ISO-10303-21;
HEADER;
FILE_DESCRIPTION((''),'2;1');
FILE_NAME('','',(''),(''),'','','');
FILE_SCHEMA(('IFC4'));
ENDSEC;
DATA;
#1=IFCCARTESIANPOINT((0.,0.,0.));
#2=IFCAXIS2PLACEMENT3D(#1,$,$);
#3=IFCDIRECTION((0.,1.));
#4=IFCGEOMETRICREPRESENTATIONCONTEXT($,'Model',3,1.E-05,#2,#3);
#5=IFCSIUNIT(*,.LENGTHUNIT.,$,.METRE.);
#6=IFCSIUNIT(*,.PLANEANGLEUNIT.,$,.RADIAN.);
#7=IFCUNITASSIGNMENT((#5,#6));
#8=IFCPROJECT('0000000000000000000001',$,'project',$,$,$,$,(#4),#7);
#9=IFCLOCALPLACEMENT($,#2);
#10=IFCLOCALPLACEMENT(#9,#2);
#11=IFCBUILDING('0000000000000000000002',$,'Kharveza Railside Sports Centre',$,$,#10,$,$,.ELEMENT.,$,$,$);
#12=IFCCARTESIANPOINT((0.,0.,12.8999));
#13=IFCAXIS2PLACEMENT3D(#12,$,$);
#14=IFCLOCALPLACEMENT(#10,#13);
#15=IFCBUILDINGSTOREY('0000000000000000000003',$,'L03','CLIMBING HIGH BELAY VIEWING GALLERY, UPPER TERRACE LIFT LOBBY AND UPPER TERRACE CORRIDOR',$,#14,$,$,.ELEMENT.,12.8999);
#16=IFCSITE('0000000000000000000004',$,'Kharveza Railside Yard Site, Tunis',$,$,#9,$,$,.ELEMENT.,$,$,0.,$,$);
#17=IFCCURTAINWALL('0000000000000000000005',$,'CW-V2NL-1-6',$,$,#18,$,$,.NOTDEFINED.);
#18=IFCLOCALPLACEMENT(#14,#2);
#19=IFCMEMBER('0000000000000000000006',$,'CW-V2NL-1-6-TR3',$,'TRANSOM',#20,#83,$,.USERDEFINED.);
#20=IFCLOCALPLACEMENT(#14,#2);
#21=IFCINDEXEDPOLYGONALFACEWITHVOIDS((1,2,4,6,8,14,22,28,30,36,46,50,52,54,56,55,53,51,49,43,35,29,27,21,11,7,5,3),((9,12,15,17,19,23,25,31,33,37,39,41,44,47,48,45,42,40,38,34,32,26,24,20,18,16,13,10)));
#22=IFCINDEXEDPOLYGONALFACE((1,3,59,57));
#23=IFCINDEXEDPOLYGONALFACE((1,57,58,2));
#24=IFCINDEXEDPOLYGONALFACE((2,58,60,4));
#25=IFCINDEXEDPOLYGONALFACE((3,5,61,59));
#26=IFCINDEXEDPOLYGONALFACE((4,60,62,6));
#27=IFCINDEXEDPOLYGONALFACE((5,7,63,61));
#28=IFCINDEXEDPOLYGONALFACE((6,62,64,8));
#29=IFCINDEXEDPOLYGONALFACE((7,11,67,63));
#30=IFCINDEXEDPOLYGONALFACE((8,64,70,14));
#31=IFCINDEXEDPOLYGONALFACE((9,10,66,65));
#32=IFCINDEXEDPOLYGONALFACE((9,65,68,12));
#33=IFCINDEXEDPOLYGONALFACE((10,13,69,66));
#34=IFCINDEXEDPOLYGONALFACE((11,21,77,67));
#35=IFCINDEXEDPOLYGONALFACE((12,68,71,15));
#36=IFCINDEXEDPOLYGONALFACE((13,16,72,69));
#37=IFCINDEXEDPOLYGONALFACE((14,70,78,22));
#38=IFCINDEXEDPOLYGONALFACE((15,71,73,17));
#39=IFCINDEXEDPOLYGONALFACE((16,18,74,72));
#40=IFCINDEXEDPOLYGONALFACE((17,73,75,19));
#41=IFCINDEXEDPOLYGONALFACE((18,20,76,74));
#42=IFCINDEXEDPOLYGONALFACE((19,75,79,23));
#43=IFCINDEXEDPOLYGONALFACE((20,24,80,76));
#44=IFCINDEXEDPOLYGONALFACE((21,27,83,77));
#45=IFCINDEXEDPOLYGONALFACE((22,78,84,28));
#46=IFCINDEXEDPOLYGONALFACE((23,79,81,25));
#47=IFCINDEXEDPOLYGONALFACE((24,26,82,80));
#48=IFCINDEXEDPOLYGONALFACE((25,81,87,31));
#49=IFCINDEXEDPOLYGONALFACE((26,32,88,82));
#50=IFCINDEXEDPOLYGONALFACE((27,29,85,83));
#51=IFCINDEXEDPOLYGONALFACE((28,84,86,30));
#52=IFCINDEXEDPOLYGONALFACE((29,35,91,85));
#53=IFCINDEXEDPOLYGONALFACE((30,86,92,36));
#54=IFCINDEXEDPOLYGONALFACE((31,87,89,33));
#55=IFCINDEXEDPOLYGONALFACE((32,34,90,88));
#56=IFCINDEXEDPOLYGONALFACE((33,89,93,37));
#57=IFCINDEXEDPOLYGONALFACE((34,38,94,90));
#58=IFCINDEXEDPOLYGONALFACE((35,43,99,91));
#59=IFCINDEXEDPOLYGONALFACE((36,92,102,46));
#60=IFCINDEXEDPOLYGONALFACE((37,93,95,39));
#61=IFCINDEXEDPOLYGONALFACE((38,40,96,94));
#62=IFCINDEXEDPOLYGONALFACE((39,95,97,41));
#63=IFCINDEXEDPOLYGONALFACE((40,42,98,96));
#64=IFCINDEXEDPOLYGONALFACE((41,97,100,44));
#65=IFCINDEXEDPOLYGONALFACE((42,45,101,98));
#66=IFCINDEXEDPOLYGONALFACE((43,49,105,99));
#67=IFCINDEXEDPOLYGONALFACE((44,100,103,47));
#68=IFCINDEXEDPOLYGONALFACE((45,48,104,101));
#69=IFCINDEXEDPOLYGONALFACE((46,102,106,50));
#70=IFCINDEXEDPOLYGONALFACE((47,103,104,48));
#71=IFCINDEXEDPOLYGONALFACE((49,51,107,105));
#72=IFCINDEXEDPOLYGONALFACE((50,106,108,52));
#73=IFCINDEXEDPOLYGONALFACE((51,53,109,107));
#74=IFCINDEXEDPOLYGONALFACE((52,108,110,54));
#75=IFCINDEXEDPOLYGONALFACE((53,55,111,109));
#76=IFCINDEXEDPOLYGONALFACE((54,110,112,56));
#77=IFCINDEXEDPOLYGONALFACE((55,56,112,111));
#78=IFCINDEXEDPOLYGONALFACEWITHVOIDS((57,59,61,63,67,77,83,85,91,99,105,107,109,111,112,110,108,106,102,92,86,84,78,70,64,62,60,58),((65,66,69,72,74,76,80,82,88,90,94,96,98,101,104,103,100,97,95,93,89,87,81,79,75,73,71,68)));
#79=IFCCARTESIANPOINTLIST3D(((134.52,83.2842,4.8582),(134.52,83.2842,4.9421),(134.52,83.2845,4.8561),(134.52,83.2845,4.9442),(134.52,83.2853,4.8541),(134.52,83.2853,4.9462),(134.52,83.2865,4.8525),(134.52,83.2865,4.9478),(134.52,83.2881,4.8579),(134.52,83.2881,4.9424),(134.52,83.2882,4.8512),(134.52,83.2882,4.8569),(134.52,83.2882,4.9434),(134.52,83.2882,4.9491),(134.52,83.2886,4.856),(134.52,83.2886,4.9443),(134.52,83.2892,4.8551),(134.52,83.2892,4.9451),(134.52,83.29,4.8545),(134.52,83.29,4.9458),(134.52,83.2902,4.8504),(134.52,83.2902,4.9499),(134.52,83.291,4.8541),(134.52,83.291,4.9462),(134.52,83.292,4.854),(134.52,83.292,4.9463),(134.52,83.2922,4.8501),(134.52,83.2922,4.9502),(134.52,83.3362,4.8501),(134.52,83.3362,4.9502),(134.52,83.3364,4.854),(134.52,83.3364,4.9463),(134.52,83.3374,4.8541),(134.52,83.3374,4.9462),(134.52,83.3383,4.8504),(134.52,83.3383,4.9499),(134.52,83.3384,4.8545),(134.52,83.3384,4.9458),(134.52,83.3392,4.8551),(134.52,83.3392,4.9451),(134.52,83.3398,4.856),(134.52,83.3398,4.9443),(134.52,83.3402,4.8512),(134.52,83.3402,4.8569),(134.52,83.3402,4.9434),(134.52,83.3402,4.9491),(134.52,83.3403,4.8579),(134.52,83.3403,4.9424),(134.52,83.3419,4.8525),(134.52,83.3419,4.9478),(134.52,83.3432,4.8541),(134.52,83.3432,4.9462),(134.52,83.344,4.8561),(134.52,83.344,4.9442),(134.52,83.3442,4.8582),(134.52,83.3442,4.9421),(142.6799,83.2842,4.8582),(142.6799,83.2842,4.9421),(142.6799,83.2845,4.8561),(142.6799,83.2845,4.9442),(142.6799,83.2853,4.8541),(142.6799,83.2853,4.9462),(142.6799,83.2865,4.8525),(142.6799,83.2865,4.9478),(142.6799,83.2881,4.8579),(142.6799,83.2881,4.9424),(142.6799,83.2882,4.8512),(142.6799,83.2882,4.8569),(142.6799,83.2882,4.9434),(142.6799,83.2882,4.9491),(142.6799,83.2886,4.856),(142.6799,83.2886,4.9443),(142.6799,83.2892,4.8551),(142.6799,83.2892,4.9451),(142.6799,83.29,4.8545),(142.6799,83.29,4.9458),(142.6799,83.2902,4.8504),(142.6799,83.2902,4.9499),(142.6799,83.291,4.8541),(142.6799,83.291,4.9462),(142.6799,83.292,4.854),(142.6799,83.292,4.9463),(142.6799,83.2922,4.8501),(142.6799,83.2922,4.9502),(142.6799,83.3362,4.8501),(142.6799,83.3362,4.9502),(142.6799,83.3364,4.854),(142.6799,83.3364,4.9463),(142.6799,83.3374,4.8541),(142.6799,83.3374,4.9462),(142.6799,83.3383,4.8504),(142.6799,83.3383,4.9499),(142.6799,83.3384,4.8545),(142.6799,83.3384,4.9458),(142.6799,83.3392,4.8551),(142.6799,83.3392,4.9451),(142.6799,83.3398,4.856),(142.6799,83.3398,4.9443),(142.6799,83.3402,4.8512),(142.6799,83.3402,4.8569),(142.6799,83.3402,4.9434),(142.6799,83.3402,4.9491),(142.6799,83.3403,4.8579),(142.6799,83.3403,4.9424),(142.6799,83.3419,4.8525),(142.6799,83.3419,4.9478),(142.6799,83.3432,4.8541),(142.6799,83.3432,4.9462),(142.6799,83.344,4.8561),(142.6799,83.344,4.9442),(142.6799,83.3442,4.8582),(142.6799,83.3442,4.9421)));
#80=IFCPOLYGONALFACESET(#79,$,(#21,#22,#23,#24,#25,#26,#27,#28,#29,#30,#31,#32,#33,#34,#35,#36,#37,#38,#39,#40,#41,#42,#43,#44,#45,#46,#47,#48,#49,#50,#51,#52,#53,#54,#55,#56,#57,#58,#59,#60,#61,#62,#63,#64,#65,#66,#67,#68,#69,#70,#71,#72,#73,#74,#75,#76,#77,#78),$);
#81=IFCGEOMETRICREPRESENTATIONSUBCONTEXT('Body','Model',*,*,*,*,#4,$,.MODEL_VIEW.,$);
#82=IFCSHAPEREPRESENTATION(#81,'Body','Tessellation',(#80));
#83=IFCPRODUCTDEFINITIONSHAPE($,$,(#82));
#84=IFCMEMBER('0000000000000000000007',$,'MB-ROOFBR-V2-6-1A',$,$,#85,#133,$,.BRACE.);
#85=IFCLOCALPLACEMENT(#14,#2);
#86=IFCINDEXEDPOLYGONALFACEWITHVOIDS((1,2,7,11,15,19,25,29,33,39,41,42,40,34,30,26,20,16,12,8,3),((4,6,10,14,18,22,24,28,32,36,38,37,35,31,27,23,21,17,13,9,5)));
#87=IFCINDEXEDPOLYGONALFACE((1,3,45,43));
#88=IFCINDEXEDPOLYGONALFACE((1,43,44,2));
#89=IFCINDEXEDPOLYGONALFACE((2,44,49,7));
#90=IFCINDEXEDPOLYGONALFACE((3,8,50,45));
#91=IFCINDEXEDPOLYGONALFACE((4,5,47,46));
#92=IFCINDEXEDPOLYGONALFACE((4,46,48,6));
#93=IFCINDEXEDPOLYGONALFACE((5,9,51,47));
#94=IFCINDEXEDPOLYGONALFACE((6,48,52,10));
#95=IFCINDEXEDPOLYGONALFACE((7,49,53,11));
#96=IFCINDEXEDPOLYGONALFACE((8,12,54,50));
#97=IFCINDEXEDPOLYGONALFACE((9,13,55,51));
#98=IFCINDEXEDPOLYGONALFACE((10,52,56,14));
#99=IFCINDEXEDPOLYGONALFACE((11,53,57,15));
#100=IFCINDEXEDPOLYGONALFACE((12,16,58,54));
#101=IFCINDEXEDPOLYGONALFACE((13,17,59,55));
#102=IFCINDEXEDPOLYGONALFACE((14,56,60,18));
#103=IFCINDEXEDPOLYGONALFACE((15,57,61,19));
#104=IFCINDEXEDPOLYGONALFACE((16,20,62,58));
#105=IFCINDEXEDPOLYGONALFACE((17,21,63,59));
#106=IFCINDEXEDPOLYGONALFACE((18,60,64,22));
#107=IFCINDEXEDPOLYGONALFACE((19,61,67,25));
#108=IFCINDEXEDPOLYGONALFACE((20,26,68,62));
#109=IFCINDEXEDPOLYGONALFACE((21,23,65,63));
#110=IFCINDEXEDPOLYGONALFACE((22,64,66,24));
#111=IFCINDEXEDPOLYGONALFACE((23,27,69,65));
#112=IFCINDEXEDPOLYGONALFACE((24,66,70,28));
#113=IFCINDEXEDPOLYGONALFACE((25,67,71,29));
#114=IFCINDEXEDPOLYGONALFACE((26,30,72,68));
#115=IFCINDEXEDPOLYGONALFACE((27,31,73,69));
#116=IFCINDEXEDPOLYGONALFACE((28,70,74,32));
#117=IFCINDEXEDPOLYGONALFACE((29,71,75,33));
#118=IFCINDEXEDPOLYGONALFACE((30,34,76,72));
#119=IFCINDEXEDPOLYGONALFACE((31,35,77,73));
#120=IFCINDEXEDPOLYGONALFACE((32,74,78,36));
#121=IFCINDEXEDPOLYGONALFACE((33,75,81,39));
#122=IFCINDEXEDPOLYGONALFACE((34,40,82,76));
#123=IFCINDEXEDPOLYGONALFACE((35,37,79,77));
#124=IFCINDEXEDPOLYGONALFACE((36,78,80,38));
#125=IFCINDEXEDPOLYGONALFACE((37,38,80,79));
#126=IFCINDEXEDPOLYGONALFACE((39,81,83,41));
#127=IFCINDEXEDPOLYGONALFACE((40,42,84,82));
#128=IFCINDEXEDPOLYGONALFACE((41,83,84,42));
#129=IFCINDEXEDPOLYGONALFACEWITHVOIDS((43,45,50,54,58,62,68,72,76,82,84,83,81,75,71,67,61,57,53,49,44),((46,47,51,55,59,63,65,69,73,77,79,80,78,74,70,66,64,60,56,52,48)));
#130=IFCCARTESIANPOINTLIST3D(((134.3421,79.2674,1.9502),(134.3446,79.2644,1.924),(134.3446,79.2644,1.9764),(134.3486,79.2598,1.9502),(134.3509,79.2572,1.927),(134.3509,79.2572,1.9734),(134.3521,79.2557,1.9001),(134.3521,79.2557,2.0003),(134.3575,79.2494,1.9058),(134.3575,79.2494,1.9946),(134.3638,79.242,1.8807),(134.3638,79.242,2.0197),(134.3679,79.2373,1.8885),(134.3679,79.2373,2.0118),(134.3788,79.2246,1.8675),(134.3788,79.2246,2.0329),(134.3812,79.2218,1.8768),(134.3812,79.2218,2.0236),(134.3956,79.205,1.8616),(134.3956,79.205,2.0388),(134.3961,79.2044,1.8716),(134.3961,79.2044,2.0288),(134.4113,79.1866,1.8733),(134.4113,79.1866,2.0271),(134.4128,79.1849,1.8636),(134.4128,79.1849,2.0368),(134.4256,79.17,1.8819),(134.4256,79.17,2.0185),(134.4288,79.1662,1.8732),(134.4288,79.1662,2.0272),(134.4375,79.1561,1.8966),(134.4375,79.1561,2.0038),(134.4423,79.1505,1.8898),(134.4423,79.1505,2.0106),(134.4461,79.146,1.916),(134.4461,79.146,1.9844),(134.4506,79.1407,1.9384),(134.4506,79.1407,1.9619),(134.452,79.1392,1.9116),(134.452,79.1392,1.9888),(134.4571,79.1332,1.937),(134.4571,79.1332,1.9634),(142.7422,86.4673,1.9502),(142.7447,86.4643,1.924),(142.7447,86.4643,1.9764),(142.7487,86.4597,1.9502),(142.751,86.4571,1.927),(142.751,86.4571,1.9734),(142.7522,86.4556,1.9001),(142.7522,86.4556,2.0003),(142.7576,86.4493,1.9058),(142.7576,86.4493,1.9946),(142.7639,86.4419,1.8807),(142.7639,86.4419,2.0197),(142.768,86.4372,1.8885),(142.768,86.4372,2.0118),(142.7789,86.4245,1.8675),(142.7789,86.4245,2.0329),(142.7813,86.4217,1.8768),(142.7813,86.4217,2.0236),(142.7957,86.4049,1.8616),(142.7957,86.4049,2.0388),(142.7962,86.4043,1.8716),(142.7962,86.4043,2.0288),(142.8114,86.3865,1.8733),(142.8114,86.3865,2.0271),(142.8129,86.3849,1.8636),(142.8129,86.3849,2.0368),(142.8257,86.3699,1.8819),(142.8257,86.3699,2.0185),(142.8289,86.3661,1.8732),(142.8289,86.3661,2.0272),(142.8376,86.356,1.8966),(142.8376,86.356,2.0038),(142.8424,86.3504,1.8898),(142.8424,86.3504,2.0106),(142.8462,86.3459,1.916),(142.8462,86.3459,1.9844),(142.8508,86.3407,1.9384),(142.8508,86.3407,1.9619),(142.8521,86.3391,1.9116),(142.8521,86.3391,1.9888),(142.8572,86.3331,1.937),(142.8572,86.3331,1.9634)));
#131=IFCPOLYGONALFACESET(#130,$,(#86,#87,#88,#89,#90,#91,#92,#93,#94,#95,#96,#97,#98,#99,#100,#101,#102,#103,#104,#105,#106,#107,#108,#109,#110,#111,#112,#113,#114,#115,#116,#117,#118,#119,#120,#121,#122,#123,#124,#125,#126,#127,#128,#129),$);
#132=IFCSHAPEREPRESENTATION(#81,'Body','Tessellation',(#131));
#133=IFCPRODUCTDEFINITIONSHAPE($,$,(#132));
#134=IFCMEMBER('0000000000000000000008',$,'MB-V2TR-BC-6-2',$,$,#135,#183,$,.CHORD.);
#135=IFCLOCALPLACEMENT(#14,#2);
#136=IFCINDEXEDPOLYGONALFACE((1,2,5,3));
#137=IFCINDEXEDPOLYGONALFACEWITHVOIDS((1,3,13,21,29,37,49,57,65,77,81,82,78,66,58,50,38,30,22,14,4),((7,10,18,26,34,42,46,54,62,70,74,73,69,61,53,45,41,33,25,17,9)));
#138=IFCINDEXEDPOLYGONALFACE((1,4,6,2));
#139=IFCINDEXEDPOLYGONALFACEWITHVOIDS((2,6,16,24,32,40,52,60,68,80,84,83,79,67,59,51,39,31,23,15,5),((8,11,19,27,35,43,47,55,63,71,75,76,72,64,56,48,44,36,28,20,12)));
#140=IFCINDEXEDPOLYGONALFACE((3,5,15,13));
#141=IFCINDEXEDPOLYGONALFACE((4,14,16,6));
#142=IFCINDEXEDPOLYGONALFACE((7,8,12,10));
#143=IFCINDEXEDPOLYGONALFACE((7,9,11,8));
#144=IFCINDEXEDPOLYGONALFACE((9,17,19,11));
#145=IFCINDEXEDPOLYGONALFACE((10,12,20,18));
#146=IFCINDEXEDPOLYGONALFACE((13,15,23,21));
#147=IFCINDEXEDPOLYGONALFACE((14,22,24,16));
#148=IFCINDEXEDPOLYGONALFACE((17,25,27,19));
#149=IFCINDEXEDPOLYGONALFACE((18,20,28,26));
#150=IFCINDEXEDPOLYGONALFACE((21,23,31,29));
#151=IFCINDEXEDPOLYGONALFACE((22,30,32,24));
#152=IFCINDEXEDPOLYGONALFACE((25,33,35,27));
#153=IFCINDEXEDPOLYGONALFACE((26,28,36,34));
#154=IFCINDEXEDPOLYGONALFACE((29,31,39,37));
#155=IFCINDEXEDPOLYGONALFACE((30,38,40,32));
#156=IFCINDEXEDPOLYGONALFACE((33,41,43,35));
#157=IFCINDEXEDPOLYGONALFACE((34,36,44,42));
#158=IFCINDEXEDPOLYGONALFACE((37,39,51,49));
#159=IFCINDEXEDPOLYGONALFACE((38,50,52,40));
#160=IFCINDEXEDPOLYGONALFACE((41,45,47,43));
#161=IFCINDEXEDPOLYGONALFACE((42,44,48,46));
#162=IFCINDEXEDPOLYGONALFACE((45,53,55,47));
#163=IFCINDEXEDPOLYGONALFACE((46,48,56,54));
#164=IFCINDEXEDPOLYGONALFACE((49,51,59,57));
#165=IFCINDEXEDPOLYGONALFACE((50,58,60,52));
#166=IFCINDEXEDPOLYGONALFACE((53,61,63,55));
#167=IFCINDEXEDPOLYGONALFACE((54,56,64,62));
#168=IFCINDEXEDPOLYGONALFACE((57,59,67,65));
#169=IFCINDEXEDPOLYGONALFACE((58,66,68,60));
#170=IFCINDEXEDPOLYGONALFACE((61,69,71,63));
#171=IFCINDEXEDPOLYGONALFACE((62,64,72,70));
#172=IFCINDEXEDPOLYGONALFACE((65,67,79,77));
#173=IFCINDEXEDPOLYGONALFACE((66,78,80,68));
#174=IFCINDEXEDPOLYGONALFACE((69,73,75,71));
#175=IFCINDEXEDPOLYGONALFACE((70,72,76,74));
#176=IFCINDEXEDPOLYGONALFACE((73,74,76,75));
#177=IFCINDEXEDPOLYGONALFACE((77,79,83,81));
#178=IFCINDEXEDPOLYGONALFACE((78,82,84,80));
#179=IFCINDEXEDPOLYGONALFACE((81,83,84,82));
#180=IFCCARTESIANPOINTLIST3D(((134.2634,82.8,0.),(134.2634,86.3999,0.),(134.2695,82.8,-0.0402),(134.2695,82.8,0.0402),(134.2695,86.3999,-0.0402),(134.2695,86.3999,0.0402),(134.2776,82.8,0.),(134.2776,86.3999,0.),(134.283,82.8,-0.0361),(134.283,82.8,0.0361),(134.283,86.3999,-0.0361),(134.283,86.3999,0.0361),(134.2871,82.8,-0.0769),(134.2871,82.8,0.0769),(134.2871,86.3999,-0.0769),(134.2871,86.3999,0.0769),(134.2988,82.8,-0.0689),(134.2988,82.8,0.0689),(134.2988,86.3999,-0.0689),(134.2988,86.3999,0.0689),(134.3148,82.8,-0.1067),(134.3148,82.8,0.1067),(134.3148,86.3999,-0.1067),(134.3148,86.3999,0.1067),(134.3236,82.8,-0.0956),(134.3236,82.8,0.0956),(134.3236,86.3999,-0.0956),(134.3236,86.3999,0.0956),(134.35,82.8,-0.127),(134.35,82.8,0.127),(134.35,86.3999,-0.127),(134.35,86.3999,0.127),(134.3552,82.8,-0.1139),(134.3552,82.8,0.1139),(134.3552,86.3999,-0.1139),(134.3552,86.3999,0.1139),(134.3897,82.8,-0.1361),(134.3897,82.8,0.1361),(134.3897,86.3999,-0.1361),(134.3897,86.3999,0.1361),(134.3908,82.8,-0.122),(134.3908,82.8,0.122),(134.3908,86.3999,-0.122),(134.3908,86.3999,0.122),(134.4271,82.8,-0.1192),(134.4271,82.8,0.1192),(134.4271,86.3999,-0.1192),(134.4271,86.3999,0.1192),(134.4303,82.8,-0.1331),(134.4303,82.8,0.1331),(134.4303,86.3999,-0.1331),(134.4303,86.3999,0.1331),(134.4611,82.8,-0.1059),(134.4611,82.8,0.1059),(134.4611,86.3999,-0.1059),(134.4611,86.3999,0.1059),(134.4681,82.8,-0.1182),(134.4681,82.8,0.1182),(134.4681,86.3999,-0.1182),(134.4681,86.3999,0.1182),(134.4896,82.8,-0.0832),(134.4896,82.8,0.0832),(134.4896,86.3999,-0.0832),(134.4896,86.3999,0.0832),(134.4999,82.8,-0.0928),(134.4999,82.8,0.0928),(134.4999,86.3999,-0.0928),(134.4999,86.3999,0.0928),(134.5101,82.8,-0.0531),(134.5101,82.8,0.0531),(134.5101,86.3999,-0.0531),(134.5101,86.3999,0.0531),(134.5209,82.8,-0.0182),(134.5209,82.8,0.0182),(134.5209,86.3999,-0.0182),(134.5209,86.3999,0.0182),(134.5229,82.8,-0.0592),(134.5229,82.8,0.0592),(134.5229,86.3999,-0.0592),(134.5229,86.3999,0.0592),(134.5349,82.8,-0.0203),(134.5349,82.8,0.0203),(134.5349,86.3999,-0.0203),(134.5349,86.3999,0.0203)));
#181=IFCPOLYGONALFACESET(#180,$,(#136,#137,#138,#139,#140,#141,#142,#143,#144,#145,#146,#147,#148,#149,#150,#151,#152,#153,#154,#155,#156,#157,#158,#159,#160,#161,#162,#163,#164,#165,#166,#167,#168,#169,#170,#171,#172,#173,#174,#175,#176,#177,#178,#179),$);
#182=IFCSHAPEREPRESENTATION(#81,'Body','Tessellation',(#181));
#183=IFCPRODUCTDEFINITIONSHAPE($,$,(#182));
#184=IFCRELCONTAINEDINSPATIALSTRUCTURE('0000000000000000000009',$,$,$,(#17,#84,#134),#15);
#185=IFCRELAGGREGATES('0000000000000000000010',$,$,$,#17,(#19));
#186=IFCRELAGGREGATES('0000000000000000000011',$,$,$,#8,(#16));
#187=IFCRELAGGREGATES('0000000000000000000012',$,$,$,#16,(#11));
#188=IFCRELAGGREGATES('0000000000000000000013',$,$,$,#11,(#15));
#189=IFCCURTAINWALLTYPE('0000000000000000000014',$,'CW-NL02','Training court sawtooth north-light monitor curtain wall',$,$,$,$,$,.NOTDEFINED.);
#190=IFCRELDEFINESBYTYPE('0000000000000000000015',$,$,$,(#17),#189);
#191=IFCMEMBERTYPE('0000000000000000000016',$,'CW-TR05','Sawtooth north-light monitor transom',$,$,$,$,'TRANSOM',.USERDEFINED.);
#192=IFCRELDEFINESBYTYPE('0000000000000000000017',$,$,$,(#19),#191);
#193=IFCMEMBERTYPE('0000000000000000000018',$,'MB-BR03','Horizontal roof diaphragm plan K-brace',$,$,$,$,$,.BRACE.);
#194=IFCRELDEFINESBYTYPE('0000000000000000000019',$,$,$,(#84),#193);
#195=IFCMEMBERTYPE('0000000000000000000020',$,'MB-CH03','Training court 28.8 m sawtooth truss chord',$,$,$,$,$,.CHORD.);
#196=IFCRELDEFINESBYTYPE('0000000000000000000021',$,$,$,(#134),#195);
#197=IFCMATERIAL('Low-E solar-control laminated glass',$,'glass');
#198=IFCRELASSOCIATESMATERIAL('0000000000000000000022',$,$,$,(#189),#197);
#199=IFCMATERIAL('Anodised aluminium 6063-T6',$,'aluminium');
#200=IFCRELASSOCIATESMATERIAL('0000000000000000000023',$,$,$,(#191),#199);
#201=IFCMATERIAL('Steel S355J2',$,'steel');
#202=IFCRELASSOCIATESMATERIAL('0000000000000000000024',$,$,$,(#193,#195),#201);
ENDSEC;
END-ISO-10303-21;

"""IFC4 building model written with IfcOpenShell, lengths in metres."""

from ifc_helpers import new_model, si_unit, direction, frame, origin, origin_2d, place, context, subcontext, project, spatial, hollow_rectangle, hollow_circle, extrude, material, material_profile, profile_set, type_object, element, aggregate, save


model = new_model("IFC4")

# Units and contexts
model_context = context("Model", 3, precision=1e-05, world=origin(), true_north=direction((0.0, 1.0)))
body_context = subcontext(model_context, "Body", "Model", "MODEL_VIEW")
ifc_project = project(units=[si_unit("LENGTHUNIT", "METRE"), si_unit("PLANEANGLEUNIT", "RADIAN")], contexts=[model_context])

# Site, building, storey
site_placement = place(None, origin())
site = spatial("IfcSite", under=ifc_project, at=site_placement, Name="Kharveza Railside Yard Site, Tunis", CompositionType="ELEMENT", RefElevation=0.0)
building_placement = place(site_placement, origin())
building = spatial("IfcBuilding", under=site, at=building_placement, Name="Kharveza Railside Sports Centre", CompositionType="ELEMENT")
storey_placement = place(building_placement, frame((0.0, 0.0, 12.8999)))
storey = spatial("IfcBuildingStorey", under=building, at=storey_placement, Name="L03", Description="CLIMBING HIGH BELAY VIEWING GALLERY, UPPER TERRACE LIFT LOBBY AND UPPER TERRACE CORRIDOR", CompositionType="ELEMENT", Elevation=12.8999)

# Shared definitions
ifc_material_1 = material(Name="Steel S355J2", Category="steel")

# Curtain wall, member
ifc_material_2 = material(Name="Low-E solar-control laminated glass", Category="glass")
curtain_wall_type = type_object("IfcCurtainWallType", Name="CW-NL02", Description="Training court sawtooth north-light monitor curtain wall", PredefinedType="NOTDEFINED", material=ifc_material_2)
ifc_material_3 = material(Name="Anodised aluminium 6063-T6", Category="aluminium")
curtain_wall_1_placement = place(storey_placement, origin())
curtain_wall_1 = element("IfcCurtainWall", 1, at=curtain_wall_1_placement, inside=storey, type_object=curtain_wall_type, Name="CW-V2NL-1-6", PredefinedType="NOTDEFINED")
ifc_material_profile_1 = material_profile(ifc_material_3, hollow_rectangle(XDim=0.0601, YDim=0.1001, WallThickness=0.0039, InnerFilletRadius=0.0039, OuterFilletRadius=0.0081, at=origin_2d()), Name="RHS 60x100x4.0")
ifc_profile_set_1 = profile_set([ifc_material_profile_1], Name="Anodised aluminium 6063-T6")
member_type_1 = type_object("IfcMemberType", Name="CW-TR05", Description="Sawtooth north-light monitor transom", ElementType="TRANSOM", PredefinedType="USERDEFINED", material=ifc_profile_set_1)
member_1_placement = place(storey_placement, frame((134.52, 83.3142, 4.9001), z_axis=(1.0, 0.0, 0.0), x_axis=(0.0, 1.0, 0.0)))
member_1 = element("IfcMember", 2, at=member_1_placement, type_object=member_type_1, Name="CW-V2NL-1-6-TR3", ObjectType="TRANSOM", PredefinedType="USERDEFINED", context=body_context, shape_type="SweptSolid", body=[
    extrude(hollow_rectangle(XDim=0.0601, YDim=0.1001, WallThickness=0.0039, InnerFilletRadius=0.0039, OuterFilletRadius=0.0081, at=origin_2d()), origin(), (0.0, 0.0, 1.0), 8.1599),
])

# Members
ifc_material_profile_2 = material_profile(ifc_material_1, hollow_circle(Radius=0.0889, WallThickness=0.01, at=origin_2d()), Name="CHS 177.8x10.0")
ifc_profile_set_2 = profile_set([ifc_material_profile_2], Name="Steel S355J2")
member_type_2 = type_object("IfcMemberType", Name="MB-BR03", Description="Horizontal roof diaphragm plan K-brace", PredefinedType="BRACE", material=ifc_profile_set_2)
member_2_placement = place(storey_placement, frame((134.3999, 79.2, 1.9502), z_axis=(0.759264, 0.650782, 0.0), x_axis=(-0.650782, 0.759264, 0.0)))
element("IfcMember", 3, at=member_2_placement, inside=storey, type_object=member_type_2, Name="MB-ROOFBR-V2-6-1A", PredefinedType="BRACE", context=body_context, shape_type="SweptSolid", body=[
    extrude(hollow_circle(Radius=0.0889, WallThickness=0.01, at=origin_2d()), origin(), (0.0, 0.0, 1.0), 11.0635),
])
ifc_material_profile_3 = material_profile(ifc_material_1, hollow_circle(Radius=0.1365, WallThickness=0.0142, at=origin_2d()), Name="CHS 273.0x14.2")
ifc_profile_set_3 = profile_set([ifc_material_profile_3], Name="Steel S355J2")
member_type_3 = type_object("IfcMemberType", Name="MB-CH03", Description="Training court 28.8 m sawtooth truss chord", PredefinedType="CHORD", material=ifc_profile_set_3)
for number, where, z_axis, x_axis, name in (
    (4, (134.3999, 82.8, 0.0), (0.0, 1.0, 0.0), (-1.0, 0.0, 0.0), "MB-V2TR-BC-6-2"),
):
    element("IfcMember", number, at=place(storey_placement, frame(where, z_axis=z_axis, x_axis=x_axis)), inside=storey, type_object=member_type_3, Name=name, PredefinedType="CHORD", context=body_context, shape_type="SweptSolid", body=[
        extrude(hollow_circle(Radius=0.1365, WallThickness=0.0142, at=origin_2d()), origin(), (0.0, 0.0, 1.0), 3.5999),
    ])

aggregate(curtain_wall_1, [member_1])

save(model, "model.ifc")
